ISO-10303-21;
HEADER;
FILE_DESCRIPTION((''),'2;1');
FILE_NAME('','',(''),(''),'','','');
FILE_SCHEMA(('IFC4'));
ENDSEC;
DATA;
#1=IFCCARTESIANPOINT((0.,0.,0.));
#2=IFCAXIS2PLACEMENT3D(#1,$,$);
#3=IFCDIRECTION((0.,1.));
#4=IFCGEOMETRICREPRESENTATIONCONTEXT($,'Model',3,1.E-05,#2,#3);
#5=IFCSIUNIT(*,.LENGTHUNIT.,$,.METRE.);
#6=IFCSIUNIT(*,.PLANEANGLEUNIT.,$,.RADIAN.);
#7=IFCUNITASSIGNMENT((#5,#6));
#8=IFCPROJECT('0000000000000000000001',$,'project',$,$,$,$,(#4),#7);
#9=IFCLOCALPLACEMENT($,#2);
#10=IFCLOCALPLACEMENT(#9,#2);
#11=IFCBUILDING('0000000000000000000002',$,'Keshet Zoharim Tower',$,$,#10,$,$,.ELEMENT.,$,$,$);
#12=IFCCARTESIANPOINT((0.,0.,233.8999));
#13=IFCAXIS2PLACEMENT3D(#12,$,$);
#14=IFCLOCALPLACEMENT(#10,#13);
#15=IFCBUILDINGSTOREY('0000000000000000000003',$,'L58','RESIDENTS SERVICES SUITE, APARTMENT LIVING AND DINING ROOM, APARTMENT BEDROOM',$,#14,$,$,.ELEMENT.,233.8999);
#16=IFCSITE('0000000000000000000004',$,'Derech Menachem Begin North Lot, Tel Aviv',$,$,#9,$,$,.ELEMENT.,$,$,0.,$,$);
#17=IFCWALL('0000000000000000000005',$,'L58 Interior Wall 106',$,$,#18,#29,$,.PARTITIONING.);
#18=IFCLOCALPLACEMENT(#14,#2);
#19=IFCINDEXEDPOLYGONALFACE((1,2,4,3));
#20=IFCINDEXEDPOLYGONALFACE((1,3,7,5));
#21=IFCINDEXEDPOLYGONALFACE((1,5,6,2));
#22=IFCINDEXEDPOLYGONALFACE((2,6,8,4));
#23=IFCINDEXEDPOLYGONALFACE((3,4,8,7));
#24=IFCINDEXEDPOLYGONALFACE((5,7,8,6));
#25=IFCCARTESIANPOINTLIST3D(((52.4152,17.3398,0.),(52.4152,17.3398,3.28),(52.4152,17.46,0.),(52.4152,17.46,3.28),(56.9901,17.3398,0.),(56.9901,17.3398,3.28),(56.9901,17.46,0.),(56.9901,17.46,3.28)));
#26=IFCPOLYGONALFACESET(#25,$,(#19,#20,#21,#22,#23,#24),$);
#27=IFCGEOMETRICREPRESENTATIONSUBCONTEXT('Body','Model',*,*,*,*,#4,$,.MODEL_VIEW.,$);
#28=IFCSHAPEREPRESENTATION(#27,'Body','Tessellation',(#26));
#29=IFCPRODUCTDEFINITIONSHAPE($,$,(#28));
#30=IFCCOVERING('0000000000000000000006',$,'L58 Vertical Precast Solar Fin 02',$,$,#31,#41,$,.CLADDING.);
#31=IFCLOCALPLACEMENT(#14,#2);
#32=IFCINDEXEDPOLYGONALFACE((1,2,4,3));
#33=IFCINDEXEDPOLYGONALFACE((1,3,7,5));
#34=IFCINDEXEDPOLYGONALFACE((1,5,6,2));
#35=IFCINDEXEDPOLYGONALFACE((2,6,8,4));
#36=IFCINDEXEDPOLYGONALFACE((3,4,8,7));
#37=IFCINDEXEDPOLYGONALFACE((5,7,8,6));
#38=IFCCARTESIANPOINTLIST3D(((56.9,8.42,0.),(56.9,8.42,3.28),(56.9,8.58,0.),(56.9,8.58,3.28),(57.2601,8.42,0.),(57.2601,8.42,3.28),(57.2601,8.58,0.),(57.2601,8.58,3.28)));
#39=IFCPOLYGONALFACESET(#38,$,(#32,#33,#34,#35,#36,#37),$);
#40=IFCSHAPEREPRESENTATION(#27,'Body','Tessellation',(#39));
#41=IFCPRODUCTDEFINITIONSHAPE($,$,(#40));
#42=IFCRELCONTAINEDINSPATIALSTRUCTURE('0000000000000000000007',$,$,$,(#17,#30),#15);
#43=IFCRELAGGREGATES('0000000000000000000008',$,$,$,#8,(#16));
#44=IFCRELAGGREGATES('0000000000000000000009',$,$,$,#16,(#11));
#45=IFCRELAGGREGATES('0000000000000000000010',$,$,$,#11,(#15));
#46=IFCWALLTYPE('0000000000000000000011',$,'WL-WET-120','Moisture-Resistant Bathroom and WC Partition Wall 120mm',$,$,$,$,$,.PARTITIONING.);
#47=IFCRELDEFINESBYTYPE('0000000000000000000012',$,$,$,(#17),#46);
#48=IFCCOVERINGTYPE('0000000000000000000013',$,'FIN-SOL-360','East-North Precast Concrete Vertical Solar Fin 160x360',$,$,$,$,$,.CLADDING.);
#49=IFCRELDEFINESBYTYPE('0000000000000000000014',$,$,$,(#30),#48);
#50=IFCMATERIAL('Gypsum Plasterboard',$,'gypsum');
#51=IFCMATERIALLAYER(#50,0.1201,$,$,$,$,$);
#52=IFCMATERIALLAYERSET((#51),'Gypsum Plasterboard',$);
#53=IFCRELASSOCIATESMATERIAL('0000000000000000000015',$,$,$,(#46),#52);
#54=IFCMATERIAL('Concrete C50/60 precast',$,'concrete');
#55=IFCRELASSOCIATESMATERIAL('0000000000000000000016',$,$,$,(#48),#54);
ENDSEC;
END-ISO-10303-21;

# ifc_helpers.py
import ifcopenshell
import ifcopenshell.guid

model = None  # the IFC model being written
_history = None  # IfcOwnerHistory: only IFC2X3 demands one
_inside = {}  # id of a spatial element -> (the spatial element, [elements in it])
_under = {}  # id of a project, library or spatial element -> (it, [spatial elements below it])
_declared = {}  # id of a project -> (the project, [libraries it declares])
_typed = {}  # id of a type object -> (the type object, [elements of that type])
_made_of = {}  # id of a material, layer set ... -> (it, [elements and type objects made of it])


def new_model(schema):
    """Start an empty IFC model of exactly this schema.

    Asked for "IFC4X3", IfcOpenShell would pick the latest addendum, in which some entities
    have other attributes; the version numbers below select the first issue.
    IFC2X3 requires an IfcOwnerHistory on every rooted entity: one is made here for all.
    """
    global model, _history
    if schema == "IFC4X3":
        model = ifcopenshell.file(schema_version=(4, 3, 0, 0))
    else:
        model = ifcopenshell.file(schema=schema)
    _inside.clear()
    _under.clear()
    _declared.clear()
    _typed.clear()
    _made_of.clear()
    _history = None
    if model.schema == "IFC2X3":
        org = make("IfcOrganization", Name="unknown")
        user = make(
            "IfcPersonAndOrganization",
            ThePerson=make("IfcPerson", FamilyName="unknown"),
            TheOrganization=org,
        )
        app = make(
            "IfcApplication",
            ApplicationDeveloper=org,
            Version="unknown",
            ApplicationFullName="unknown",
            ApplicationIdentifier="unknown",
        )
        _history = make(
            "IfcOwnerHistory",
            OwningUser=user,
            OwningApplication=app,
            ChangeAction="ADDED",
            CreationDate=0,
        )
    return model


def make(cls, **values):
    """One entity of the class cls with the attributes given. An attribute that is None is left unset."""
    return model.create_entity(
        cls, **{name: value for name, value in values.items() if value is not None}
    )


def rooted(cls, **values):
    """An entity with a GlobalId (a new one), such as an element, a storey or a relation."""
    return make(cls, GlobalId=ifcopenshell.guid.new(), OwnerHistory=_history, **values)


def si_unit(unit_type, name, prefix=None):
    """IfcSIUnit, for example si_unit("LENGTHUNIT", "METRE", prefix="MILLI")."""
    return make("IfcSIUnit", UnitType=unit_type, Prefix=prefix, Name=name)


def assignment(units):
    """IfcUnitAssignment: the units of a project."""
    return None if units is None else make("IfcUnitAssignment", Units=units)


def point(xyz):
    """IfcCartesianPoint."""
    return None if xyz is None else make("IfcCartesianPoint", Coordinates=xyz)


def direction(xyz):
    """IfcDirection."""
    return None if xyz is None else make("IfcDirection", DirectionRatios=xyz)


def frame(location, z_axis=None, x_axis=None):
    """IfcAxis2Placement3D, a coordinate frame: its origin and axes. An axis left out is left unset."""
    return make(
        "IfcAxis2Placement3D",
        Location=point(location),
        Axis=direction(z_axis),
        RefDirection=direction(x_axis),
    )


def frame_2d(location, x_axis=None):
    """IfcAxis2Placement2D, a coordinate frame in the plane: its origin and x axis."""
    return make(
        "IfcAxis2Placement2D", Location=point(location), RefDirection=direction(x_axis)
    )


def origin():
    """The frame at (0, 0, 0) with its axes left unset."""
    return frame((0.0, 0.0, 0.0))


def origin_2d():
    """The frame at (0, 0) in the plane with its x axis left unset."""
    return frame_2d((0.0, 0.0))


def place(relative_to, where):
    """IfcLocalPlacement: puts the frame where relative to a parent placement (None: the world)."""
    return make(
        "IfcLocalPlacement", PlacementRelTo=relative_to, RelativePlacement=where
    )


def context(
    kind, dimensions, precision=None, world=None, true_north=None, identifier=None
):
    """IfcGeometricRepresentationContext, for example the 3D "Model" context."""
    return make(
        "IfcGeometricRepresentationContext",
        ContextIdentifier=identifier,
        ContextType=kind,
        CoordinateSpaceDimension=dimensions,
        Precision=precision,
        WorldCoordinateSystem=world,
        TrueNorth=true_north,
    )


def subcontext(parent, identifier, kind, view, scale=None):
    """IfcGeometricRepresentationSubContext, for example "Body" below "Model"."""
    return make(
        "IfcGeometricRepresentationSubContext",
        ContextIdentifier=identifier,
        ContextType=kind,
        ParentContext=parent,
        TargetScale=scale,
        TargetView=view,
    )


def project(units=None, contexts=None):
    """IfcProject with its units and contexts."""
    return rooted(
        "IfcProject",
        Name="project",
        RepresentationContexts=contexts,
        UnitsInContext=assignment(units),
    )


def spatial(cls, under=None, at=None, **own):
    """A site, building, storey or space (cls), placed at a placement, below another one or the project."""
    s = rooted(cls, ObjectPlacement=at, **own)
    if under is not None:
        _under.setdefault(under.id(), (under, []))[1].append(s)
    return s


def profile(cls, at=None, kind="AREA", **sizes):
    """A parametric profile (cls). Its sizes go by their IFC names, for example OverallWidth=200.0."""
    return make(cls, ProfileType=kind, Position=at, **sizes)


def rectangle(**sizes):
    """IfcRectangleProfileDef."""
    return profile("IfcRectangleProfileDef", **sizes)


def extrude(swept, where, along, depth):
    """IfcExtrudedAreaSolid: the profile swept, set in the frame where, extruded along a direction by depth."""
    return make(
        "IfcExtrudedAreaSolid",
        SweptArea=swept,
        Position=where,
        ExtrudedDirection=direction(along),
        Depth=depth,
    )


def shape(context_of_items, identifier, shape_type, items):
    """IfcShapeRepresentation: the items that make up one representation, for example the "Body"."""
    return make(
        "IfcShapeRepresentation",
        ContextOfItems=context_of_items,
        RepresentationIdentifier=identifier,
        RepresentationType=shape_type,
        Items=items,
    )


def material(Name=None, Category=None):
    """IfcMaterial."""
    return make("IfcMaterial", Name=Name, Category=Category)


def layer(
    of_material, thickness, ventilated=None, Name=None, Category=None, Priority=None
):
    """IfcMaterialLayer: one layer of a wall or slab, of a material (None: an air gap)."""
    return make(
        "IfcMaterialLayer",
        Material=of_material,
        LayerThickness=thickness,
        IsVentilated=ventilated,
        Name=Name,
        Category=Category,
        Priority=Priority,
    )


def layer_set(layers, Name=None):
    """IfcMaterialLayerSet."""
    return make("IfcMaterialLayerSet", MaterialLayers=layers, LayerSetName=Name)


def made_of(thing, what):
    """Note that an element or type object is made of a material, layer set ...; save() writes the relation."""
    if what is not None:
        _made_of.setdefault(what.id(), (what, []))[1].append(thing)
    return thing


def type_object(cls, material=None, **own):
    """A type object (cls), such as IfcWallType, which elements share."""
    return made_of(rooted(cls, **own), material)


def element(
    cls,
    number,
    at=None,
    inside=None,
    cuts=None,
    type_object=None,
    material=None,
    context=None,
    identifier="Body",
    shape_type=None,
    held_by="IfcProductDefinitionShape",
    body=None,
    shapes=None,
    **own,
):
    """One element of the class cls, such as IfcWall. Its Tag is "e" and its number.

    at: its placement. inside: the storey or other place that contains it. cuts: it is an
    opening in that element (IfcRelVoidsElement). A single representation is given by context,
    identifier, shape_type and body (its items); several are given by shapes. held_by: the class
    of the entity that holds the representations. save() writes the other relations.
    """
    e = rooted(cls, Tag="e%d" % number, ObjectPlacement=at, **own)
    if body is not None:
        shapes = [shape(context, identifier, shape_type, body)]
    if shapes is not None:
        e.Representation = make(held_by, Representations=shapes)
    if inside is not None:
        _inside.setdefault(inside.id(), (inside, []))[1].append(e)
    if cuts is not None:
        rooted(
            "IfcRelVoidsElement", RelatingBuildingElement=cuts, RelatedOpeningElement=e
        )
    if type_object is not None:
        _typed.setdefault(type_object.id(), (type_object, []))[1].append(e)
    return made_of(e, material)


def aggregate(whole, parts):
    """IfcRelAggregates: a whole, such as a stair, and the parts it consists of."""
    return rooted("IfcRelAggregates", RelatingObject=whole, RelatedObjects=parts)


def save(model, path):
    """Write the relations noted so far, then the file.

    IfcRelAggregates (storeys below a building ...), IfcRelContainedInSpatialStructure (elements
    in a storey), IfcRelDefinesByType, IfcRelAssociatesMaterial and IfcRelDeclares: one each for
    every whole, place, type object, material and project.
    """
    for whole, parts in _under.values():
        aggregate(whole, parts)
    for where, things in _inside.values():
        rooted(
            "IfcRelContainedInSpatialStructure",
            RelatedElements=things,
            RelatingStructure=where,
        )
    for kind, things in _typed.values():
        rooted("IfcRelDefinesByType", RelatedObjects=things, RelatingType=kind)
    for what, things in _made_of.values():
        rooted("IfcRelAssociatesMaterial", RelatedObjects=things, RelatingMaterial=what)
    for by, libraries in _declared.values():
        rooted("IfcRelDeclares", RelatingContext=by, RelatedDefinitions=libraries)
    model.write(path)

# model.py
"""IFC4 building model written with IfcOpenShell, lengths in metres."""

from ifc_helpers import new_model, si_unit, direction, frame, frame_2d, origin, origin_2d, place, context, subcontext, project, spatial, rectangle, extrude, material, layer, layer_set, type_object, element, save


model = new_model("IFC4")

# Units and contexts
model_context = context("Model", 3, precision=1e-05, world=origin(), true_north=direction((0.0, 1.0)))
body_context = subcontext(model_context, "Body", "Model", "MODEL_VIEW")
ifc_project = project(units=[si_unit("LENGTHUNIT", "METRE"), si_unit("PLANEANGLEUNIT", "RADIAN")], contexts=[model_context])

# Site, building, storey
site_placement = place(None, origin())
site = spatial("IfcSite", under=ifc_project, at=site_placement, Name="Derech Menachem Begin North Lot, Tel Aviv", CompositionType="ELEMENT", RefElevation=0.0)
building_placement = place(site_placement, origin())
building = spatial("IfcBuilding", under=site, at=building_placement, Name="Keshet Zoharim Tower", CompositionType="ELEMENT")
storey_placement = place(building_placement, frame((0.0, 0.0, 233.8999)))
storey = spatial("IfcBuildingStorey", under=building, at=storey_placement, Name="L58", Description="RESIDENTS SERVICES SUITE, APARTMENT LIVING AND DINING ROOM, APARTMENT BEDROOM", CompositionType="ELEMENT", Elevation=233.8999)

# Shared definitions
ifc_material_1 = material(Name="Gypsum Plasterboard", Category="gypsum")

# Shared definitions
ifc_layer_1 = layer(ifc_material_1, 0.1201)
ifc_layer_set_1 = layer_set([ifc_layer_1], Name="Gypsum Plasterboard")
wall_type_1 = type_object("IfcWallType", Name="WL-WET-120", Description="Moisture-Resistant Bathroom and WC Partition Wall 120mm", PredefinedType="PARTITIONING", material=ifc_layer_set_1)

# Wall
for number, where, z_axis, x_axis, name in (
    (1, (52.415, 17.3999, 0.0), (0.0, 0.0, 1.0), (1.0, 0.0, 0.0), "L58 Interior Wall 106"),
):
    element("IfcWall", number, at=place(storey_placement, frame(where, z_axis=z_axis, x_axis=x_axis)), inside=storey, type_object=wall_type_1, Name=name, PredefinedType="PARTITIONING", context=body_context, shape_type="SweptSolid", body=[
        extrude(rectangle(XDim=4.575, YDim=0.1201, at=frame_2d((2.2876, 0.0))), origin(), (0.0, 0.0, 1.0), 3.28),
    ])

# Covering
ifc_material_2 = material(Name="Concrete C50/60 precast", Category="concrete")
covering_type = type_object("IfcCoveringType", Name="FIN-SOL-360", Description="East-North Precast Concrete Vertical Solar Fin 160x360", PredefinedType="CLADDING", material=ifc_material_2)
covering_placement = place(storey_placement, frame((57.0801, 8.5, 0.0), z_axis=(0.0, 0.0, 1.0), x_axis=(0.0, -1.0, 0.0)))
element("IfcCovering", 2, at=covering_placement, inside=storey, type_object=covering_type, Name="L58 Vertical Precast Solar Fin 02", PredefinedType="CLADDING", context=body_context, shape_type="SweptSolid", body=[
    extrude(rectangle(XDim=0.1599, YDim=0.3601, at=origin_2d()), origin(), (0.0, 0.0, 1.0), 3.28),
])

save(model, "model.ifc")
